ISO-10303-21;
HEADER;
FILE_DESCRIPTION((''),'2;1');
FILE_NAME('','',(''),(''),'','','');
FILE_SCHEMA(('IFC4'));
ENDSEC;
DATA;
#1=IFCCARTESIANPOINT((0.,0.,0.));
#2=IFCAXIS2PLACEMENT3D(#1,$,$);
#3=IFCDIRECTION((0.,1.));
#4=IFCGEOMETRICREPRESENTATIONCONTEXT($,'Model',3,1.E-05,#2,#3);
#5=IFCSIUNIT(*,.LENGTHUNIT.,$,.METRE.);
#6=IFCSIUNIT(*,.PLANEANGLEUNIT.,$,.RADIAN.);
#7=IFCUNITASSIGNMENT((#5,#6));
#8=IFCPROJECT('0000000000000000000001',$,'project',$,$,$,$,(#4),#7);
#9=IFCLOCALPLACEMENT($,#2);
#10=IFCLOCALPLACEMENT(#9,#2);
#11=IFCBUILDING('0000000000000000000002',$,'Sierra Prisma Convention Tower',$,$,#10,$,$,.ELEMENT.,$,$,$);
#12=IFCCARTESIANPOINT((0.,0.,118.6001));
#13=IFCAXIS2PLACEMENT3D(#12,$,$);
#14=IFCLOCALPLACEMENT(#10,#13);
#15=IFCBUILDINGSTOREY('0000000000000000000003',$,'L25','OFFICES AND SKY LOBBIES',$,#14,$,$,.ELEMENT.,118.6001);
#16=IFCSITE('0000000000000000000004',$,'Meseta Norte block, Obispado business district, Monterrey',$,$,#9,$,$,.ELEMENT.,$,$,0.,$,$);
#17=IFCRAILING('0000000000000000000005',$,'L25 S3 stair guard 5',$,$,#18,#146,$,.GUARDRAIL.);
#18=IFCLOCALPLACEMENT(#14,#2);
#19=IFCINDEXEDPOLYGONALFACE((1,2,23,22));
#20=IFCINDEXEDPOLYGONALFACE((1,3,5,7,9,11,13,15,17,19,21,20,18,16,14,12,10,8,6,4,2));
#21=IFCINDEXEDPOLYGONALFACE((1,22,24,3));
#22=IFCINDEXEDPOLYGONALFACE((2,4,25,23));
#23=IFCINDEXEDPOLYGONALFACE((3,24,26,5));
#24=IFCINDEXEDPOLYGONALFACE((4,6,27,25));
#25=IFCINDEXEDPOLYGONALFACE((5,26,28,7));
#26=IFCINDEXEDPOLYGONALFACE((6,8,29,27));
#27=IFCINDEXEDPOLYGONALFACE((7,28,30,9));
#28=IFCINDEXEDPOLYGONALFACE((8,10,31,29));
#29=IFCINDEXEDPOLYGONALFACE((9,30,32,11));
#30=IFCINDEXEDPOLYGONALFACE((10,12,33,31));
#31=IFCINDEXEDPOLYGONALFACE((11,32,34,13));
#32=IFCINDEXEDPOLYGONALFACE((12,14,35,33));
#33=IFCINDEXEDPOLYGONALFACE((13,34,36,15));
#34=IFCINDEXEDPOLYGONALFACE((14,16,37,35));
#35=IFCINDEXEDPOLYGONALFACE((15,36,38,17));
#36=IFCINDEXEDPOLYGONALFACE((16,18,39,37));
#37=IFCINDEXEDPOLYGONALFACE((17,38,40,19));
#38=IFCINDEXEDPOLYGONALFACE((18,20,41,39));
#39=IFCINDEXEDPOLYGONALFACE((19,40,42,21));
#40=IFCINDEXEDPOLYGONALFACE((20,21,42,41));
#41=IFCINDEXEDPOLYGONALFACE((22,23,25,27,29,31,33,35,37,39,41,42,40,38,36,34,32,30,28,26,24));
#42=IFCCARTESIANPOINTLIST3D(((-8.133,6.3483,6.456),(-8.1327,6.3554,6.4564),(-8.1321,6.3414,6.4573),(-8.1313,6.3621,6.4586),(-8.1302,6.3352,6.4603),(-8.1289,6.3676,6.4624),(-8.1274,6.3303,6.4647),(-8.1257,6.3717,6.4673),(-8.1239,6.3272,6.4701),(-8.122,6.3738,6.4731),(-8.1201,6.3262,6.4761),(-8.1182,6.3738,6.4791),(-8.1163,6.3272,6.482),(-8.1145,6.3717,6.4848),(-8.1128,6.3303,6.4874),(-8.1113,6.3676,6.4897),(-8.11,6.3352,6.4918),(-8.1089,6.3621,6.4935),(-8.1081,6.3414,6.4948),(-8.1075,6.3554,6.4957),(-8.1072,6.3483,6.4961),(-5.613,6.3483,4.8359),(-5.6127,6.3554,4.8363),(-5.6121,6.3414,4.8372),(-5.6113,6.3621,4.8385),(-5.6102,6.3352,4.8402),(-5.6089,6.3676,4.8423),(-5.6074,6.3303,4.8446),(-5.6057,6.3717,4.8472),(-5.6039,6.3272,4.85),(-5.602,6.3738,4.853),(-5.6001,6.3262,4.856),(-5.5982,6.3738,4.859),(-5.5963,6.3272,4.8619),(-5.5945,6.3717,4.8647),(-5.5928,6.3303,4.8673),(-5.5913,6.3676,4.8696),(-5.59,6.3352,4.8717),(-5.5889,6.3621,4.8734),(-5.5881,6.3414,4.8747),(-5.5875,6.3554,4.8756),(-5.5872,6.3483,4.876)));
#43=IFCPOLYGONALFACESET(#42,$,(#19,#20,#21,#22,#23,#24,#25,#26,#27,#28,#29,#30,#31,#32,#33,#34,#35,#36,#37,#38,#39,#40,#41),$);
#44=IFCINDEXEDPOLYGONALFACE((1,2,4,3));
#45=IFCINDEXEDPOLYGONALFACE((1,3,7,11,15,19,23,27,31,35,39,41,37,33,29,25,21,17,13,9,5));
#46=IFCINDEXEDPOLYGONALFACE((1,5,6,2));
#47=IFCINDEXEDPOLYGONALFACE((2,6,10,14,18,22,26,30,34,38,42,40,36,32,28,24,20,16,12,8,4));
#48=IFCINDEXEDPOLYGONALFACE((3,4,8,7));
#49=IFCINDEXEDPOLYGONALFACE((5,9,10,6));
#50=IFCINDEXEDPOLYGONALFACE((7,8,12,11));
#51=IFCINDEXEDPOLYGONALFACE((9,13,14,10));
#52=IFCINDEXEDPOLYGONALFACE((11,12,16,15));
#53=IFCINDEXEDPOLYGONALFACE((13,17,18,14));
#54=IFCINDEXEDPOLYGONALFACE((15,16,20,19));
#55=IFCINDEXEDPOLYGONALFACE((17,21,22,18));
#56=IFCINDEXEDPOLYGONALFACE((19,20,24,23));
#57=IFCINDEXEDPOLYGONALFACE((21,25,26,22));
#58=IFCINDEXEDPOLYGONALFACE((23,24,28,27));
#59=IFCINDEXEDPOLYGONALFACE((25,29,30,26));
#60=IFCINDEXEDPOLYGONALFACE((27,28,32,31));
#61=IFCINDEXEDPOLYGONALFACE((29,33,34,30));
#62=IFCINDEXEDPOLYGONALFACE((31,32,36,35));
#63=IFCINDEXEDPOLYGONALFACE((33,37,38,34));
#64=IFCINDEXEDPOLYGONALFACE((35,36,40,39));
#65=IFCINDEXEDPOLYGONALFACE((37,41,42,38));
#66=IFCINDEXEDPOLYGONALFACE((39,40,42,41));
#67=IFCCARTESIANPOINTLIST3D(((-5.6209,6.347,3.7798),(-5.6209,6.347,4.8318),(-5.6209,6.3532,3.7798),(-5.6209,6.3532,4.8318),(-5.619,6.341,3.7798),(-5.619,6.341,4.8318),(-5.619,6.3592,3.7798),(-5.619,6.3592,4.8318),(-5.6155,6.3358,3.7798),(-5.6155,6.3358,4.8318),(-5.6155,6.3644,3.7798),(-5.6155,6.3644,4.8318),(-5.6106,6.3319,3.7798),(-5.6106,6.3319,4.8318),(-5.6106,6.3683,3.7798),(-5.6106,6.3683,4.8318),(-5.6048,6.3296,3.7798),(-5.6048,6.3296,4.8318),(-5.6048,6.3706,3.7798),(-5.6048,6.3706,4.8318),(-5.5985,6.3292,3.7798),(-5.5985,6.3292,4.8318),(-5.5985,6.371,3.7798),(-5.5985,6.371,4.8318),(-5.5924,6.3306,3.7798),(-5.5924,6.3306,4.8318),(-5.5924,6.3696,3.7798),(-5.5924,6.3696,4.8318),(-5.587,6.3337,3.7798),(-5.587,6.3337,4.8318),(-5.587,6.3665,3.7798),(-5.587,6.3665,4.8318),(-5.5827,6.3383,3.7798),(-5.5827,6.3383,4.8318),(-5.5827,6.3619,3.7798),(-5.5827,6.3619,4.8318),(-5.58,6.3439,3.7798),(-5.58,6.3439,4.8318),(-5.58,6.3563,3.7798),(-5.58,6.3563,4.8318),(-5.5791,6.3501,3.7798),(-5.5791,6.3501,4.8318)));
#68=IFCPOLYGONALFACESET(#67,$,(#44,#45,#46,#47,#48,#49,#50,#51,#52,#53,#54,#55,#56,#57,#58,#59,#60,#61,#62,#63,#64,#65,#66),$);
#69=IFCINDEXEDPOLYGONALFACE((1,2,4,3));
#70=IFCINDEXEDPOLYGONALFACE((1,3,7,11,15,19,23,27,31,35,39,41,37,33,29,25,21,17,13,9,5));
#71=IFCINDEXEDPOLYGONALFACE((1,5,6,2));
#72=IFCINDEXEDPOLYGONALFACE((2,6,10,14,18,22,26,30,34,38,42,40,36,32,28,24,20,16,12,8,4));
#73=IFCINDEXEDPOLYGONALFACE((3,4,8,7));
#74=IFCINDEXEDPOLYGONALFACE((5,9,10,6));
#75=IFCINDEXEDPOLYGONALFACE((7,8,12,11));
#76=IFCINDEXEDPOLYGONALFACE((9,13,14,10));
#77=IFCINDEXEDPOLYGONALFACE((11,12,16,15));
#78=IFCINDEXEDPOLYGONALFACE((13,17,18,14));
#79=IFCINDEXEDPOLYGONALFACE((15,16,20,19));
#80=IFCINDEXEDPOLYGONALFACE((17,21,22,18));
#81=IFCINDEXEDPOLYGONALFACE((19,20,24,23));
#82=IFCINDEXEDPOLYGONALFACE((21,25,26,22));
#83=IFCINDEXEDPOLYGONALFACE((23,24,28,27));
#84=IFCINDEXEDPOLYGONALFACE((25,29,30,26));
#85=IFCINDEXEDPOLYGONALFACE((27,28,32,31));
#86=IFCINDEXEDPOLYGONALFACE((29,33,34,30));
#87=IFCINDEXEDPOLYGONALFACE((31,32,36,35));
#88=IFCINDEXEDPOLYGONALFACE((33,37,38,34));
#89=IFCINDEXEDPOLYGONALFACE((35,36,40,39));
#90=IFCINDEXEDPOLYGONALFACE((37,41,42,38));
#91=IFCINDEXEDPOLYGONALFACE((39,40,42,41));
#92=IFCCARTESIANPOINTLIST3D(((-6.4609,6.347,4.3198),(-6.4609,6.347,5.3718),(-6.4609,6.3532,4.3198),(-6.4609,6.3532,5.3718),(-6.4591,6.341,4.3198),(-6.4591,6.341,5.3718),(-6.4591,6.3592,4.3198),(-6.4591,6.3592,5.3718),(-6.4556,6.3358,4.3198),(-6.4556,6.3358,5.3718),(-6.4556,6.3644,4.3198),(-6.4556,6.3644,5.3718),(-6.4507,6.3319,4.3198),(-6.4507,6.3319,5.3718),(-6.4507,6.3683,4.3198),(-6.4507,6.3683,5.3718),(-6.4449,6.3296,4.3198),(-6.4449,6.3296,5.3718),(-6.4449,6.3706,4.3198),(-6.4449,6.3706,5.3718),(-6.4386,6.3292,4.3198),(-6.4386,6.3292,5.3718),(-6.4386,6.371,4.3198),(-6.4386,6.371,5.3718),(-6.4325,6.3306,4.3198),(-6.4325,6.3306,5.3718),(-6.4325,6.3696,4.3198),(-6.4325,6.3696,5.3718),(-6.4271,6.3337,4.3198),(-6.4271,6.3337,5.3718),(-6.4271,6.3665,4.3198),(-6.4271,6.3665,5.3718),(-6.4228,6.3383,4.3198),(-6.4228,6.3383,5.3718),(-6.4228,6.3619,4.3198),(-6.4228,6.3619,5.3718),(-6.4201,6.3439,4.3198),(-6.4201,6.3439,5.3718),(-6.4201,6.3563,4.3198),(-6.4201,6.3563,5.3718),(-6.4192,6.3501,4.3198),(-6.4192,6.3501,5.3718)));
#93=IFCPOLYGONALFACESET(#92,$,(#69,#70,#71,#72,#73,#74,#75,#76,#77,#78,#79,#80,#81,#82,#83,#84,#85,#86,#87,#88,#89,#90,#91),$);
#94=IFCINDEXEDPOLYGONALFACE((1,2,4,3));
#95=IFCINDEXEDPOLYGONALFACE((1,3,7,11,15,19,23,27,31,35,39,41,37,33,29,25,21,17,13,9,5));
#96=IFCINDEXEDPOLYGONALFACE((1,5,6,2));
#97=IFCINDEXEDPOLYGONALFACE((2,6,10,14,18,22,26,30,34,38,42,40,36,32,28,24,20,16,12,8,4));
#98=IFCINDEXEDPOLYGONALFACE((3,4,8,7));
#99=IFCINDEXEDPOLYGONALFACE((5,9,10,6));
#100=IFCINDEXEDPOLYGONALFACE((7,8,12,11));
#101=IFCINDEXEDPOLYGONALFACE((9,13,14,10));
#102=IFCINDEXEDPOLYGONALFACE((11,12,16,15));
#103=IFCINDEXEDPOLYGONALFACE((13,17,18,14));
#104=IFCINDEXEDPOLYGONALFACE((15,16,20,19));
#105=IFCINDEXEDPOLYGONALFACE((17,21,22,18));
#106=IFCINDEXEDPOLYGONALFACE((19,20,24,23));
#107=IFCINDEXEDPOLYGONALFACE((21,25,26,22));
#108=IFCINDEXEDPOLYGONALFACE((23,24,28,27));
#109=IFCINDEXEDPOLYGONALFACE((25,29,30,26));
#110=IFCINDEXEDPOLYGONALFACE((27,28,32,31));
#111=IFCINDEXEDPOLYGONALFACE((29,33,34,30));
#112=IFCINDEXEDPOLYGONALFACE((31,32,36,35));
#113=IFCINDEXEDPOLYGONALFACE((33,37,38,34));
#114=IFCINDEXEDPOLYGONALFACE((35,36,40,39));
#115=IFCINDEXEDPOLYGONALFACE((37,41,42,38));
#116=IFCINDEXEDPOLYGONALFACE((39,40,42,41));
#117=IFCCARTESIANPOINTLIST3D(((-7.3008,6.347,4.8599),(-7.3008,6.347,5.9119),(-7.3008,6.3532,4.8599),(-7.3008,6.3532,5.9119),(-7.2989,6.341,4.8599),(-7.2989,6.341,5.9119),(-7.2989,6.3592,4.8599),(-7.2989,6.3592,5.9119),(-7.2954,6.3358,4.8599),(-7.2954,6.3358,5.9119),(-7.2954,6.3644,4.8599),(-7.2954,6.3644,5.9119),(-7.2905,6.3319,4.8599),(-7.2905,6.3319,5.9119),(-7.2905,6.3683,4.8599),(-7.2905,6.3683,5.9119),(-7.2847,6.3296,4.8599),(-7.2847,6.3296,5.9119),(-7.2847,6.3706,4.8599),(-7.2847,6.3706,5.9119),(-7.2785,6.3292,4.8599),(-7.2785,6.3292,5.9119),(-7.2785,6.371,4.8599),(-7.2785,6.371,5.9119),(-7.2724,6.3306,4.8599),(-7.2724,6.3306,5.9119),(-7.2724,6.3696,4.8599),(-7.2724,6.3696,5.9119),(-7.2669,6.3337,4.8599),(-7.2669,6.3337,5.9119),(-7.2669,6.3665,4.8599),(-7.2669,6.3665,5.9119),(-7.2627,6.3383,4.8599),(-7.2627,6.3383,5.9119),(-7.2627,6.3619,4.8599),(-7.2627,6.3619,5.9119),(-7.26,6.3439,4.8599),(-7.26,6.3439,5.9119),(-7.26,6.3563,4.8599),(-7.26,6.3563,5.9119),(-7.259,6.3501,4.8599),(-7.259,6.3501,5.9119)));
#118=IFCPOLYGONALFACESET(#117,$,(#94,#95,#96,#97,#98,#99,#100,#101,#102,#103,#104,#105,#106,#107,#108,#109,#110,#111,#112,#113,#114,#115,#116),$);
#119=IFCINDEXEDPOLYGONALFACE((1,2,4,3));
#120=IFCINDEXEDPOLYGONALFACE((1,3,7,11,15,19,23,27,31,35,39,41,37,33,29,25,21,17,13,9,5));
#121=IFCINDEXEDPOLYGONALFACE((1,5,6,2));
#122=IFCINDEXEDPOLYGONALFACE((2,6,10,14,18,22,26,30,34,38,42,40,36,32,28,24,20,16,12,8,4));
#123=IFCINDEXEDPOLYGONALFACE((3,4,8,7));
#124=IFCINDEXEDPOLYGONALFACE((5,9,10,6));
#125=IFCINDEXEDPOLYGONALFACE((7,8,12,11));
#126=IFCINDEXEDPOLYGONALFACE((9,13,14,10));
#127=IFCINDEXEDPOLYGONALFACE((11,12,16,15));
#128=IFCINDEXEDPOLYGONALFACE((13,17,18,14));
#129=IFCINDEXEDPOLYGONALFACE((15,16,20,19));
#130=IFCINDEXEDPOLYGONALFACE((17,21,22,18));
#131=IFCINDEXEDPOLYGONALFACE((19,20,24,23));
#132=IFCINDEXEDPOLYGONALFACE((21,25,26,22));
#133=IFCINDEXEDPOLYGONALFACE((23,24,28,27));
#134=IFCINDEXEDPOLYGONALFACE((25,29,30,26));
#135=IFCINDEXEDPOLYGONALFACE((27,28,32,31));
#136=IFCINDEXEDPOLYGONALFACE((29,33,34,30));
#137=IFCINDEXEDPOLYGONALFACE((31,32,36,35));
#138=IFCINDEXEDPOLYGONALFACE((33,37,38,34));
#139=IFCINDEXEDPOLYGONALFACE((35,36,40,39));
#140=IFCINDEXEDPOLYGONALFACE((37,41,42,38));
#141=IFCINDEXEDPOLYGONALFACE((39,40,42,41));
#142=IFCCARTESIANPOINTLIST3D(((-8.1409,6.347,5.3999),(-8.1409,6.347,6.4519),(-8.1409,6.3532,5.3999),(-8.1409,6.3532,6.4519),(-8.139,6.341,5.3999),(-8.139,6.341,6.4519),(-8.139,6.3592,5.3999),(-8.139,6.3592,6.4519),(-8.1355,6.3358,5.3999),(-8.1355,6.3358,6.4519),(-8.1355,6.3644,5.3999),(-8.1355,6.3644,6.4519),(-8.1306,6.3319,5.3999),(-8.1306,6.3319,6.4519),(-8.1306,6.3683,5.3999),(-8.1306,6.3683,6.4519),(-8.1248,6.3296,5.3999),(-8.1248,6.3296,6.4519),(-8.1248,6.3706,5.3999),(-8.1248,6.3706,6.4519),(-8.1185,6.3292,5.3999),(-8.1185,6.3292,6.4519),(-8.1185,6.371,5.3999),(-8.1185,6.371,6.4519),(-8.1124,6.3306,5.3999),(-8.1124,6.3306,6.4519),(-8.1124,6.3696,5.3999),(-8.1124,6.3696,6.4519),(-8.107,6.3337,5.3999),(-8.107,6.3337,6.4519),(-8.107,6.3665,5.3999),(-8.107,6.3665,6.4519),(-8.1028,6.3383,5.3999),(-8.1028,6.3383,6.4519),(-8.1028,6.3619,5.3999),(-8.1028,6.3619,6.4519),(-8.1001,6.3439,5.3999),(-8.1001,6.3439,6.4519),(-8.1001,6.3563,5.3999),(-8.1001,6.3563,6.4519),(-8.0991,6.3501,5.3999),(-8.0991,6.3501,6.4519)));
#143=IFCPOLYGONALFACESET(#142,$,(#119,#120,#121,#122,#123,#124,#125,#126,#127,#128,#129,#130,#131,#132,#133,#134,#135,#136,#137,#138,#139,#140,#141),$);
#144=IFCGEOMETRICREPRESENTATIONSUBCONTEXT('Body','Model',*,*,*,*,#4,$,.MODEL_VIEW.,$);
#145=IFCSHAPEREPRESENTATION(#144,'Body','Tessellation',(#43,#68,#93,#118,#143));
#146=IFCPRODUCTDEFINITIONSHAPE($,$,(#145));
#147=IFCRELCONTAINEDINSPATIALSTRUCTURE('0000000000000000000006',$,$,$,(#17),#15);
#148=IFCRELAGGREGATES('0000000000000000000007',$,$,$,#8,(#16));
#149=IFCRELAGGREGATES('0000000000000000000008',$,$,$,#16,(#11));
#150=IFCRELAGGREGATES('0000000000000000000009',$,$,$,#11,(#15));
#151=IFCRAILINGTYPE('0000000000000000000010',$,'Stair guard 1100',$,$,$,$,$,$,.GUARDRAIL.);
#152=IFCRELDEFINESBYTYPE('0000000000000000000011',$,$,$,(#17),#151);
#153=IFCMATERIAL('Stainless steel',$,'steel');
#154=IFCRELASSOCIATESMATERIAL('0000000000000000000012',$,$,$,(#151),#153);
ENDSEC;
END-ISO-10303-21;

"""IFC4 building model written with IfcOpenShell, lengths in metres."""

from ifc_helpers import new_model, si_unit, direction, frame, origin, origin_2d, place, context, subcontext, project, spatial, circle, extrude, material, type_object, element, save


model = new_model("IFC4")

# Units and contexts
model_context = context("Model", 3, precision=1e-05, world=origin(), true_north=direction((0.0, 1.0)))
body_context = subcontext(model_context, "Body", "Model", "MODEL_VIEW")
ifc_project = project(units=[si_unit("LENGTHUNIT", "METRE"), si_unit("PLANEANGLEUNIT", "RADIAN")], contexts=[model_context])

# Site, building, storey
site_placement = place(None, origin())
site = spatial("IfcSite", under=ifc_project, at=site_placement, Name="Meseta Norte block, Obispado business district, Monterrey", CompositionType="ELEMENT", RefElevation=0.0)
building_placement = place(site_placement, origin())
building = spatial("IfcBuilding", under=site, at=building_placement, Name="Sierra Prisma Convention Tower", CompositionType="ELEMENT")
storey_placement = place(building_placement, frame((0.0, 0.0, 118.6001)))
storey = spatial("IfcBuildingStorey", under=building, at=storey_placement, Name="L25", Description="OFFICES AND SKY LOBBIES", CompositionType="ELEMENT", Elevation=118.6001)

# Railing
ifc_material_1 = material(Name="Stainless steel", Category="steel")
railing_type_1 = type_object("IfcRailingType", Name="Stair guard 1100", PredefinedType="GUARDRAIL", material=ifc_material_1)
railing_1_placement = place(storey_placement, frame((-5.6001, 6.3501, 3.7798)))
element("IfcRailing", 1, at=railing_1_placement, inside=storey, type_object=railing_type_1, Name="L25 S3 stair guard 5", PredefinedType="GUARDRAIL", context=body_context, shape_type="SweptSolid", body=[
    extrude(circle(Radius=0.0239, at=origin_2d()), frame((0.0, 0.0, 1.0762), z_axis=(-0.841163, 0.0, 0.540782), x_axis=(0.0, -1.0, 0.0)), (0.0, 0.0, 1.0), 2.9958),
    extrude(circle(Radius=0.021, at=origin_2d()), origin(), (0.0, 0.0, 1.0), 1.052),
    extrude(circle(Radius=0.021, at=origin_2d()), frame((-0.8401, 0.0, 0.54)), (0.0, 0.0, 1.0), 1.052),
    extrude(circle(Radius=0.021, at=origin_2d()), frame((-1.6799, 0.0, 1.0801)), (0.0, 0.0, 1.0), 1.052),
    extrude(circle(Radius=0.021, at=origin_2d()), frame((-2.52, 0.0, 1.6201)), (0.0, 0.0, 1.0), 1.052),
])

save(model, "model.ifc")
